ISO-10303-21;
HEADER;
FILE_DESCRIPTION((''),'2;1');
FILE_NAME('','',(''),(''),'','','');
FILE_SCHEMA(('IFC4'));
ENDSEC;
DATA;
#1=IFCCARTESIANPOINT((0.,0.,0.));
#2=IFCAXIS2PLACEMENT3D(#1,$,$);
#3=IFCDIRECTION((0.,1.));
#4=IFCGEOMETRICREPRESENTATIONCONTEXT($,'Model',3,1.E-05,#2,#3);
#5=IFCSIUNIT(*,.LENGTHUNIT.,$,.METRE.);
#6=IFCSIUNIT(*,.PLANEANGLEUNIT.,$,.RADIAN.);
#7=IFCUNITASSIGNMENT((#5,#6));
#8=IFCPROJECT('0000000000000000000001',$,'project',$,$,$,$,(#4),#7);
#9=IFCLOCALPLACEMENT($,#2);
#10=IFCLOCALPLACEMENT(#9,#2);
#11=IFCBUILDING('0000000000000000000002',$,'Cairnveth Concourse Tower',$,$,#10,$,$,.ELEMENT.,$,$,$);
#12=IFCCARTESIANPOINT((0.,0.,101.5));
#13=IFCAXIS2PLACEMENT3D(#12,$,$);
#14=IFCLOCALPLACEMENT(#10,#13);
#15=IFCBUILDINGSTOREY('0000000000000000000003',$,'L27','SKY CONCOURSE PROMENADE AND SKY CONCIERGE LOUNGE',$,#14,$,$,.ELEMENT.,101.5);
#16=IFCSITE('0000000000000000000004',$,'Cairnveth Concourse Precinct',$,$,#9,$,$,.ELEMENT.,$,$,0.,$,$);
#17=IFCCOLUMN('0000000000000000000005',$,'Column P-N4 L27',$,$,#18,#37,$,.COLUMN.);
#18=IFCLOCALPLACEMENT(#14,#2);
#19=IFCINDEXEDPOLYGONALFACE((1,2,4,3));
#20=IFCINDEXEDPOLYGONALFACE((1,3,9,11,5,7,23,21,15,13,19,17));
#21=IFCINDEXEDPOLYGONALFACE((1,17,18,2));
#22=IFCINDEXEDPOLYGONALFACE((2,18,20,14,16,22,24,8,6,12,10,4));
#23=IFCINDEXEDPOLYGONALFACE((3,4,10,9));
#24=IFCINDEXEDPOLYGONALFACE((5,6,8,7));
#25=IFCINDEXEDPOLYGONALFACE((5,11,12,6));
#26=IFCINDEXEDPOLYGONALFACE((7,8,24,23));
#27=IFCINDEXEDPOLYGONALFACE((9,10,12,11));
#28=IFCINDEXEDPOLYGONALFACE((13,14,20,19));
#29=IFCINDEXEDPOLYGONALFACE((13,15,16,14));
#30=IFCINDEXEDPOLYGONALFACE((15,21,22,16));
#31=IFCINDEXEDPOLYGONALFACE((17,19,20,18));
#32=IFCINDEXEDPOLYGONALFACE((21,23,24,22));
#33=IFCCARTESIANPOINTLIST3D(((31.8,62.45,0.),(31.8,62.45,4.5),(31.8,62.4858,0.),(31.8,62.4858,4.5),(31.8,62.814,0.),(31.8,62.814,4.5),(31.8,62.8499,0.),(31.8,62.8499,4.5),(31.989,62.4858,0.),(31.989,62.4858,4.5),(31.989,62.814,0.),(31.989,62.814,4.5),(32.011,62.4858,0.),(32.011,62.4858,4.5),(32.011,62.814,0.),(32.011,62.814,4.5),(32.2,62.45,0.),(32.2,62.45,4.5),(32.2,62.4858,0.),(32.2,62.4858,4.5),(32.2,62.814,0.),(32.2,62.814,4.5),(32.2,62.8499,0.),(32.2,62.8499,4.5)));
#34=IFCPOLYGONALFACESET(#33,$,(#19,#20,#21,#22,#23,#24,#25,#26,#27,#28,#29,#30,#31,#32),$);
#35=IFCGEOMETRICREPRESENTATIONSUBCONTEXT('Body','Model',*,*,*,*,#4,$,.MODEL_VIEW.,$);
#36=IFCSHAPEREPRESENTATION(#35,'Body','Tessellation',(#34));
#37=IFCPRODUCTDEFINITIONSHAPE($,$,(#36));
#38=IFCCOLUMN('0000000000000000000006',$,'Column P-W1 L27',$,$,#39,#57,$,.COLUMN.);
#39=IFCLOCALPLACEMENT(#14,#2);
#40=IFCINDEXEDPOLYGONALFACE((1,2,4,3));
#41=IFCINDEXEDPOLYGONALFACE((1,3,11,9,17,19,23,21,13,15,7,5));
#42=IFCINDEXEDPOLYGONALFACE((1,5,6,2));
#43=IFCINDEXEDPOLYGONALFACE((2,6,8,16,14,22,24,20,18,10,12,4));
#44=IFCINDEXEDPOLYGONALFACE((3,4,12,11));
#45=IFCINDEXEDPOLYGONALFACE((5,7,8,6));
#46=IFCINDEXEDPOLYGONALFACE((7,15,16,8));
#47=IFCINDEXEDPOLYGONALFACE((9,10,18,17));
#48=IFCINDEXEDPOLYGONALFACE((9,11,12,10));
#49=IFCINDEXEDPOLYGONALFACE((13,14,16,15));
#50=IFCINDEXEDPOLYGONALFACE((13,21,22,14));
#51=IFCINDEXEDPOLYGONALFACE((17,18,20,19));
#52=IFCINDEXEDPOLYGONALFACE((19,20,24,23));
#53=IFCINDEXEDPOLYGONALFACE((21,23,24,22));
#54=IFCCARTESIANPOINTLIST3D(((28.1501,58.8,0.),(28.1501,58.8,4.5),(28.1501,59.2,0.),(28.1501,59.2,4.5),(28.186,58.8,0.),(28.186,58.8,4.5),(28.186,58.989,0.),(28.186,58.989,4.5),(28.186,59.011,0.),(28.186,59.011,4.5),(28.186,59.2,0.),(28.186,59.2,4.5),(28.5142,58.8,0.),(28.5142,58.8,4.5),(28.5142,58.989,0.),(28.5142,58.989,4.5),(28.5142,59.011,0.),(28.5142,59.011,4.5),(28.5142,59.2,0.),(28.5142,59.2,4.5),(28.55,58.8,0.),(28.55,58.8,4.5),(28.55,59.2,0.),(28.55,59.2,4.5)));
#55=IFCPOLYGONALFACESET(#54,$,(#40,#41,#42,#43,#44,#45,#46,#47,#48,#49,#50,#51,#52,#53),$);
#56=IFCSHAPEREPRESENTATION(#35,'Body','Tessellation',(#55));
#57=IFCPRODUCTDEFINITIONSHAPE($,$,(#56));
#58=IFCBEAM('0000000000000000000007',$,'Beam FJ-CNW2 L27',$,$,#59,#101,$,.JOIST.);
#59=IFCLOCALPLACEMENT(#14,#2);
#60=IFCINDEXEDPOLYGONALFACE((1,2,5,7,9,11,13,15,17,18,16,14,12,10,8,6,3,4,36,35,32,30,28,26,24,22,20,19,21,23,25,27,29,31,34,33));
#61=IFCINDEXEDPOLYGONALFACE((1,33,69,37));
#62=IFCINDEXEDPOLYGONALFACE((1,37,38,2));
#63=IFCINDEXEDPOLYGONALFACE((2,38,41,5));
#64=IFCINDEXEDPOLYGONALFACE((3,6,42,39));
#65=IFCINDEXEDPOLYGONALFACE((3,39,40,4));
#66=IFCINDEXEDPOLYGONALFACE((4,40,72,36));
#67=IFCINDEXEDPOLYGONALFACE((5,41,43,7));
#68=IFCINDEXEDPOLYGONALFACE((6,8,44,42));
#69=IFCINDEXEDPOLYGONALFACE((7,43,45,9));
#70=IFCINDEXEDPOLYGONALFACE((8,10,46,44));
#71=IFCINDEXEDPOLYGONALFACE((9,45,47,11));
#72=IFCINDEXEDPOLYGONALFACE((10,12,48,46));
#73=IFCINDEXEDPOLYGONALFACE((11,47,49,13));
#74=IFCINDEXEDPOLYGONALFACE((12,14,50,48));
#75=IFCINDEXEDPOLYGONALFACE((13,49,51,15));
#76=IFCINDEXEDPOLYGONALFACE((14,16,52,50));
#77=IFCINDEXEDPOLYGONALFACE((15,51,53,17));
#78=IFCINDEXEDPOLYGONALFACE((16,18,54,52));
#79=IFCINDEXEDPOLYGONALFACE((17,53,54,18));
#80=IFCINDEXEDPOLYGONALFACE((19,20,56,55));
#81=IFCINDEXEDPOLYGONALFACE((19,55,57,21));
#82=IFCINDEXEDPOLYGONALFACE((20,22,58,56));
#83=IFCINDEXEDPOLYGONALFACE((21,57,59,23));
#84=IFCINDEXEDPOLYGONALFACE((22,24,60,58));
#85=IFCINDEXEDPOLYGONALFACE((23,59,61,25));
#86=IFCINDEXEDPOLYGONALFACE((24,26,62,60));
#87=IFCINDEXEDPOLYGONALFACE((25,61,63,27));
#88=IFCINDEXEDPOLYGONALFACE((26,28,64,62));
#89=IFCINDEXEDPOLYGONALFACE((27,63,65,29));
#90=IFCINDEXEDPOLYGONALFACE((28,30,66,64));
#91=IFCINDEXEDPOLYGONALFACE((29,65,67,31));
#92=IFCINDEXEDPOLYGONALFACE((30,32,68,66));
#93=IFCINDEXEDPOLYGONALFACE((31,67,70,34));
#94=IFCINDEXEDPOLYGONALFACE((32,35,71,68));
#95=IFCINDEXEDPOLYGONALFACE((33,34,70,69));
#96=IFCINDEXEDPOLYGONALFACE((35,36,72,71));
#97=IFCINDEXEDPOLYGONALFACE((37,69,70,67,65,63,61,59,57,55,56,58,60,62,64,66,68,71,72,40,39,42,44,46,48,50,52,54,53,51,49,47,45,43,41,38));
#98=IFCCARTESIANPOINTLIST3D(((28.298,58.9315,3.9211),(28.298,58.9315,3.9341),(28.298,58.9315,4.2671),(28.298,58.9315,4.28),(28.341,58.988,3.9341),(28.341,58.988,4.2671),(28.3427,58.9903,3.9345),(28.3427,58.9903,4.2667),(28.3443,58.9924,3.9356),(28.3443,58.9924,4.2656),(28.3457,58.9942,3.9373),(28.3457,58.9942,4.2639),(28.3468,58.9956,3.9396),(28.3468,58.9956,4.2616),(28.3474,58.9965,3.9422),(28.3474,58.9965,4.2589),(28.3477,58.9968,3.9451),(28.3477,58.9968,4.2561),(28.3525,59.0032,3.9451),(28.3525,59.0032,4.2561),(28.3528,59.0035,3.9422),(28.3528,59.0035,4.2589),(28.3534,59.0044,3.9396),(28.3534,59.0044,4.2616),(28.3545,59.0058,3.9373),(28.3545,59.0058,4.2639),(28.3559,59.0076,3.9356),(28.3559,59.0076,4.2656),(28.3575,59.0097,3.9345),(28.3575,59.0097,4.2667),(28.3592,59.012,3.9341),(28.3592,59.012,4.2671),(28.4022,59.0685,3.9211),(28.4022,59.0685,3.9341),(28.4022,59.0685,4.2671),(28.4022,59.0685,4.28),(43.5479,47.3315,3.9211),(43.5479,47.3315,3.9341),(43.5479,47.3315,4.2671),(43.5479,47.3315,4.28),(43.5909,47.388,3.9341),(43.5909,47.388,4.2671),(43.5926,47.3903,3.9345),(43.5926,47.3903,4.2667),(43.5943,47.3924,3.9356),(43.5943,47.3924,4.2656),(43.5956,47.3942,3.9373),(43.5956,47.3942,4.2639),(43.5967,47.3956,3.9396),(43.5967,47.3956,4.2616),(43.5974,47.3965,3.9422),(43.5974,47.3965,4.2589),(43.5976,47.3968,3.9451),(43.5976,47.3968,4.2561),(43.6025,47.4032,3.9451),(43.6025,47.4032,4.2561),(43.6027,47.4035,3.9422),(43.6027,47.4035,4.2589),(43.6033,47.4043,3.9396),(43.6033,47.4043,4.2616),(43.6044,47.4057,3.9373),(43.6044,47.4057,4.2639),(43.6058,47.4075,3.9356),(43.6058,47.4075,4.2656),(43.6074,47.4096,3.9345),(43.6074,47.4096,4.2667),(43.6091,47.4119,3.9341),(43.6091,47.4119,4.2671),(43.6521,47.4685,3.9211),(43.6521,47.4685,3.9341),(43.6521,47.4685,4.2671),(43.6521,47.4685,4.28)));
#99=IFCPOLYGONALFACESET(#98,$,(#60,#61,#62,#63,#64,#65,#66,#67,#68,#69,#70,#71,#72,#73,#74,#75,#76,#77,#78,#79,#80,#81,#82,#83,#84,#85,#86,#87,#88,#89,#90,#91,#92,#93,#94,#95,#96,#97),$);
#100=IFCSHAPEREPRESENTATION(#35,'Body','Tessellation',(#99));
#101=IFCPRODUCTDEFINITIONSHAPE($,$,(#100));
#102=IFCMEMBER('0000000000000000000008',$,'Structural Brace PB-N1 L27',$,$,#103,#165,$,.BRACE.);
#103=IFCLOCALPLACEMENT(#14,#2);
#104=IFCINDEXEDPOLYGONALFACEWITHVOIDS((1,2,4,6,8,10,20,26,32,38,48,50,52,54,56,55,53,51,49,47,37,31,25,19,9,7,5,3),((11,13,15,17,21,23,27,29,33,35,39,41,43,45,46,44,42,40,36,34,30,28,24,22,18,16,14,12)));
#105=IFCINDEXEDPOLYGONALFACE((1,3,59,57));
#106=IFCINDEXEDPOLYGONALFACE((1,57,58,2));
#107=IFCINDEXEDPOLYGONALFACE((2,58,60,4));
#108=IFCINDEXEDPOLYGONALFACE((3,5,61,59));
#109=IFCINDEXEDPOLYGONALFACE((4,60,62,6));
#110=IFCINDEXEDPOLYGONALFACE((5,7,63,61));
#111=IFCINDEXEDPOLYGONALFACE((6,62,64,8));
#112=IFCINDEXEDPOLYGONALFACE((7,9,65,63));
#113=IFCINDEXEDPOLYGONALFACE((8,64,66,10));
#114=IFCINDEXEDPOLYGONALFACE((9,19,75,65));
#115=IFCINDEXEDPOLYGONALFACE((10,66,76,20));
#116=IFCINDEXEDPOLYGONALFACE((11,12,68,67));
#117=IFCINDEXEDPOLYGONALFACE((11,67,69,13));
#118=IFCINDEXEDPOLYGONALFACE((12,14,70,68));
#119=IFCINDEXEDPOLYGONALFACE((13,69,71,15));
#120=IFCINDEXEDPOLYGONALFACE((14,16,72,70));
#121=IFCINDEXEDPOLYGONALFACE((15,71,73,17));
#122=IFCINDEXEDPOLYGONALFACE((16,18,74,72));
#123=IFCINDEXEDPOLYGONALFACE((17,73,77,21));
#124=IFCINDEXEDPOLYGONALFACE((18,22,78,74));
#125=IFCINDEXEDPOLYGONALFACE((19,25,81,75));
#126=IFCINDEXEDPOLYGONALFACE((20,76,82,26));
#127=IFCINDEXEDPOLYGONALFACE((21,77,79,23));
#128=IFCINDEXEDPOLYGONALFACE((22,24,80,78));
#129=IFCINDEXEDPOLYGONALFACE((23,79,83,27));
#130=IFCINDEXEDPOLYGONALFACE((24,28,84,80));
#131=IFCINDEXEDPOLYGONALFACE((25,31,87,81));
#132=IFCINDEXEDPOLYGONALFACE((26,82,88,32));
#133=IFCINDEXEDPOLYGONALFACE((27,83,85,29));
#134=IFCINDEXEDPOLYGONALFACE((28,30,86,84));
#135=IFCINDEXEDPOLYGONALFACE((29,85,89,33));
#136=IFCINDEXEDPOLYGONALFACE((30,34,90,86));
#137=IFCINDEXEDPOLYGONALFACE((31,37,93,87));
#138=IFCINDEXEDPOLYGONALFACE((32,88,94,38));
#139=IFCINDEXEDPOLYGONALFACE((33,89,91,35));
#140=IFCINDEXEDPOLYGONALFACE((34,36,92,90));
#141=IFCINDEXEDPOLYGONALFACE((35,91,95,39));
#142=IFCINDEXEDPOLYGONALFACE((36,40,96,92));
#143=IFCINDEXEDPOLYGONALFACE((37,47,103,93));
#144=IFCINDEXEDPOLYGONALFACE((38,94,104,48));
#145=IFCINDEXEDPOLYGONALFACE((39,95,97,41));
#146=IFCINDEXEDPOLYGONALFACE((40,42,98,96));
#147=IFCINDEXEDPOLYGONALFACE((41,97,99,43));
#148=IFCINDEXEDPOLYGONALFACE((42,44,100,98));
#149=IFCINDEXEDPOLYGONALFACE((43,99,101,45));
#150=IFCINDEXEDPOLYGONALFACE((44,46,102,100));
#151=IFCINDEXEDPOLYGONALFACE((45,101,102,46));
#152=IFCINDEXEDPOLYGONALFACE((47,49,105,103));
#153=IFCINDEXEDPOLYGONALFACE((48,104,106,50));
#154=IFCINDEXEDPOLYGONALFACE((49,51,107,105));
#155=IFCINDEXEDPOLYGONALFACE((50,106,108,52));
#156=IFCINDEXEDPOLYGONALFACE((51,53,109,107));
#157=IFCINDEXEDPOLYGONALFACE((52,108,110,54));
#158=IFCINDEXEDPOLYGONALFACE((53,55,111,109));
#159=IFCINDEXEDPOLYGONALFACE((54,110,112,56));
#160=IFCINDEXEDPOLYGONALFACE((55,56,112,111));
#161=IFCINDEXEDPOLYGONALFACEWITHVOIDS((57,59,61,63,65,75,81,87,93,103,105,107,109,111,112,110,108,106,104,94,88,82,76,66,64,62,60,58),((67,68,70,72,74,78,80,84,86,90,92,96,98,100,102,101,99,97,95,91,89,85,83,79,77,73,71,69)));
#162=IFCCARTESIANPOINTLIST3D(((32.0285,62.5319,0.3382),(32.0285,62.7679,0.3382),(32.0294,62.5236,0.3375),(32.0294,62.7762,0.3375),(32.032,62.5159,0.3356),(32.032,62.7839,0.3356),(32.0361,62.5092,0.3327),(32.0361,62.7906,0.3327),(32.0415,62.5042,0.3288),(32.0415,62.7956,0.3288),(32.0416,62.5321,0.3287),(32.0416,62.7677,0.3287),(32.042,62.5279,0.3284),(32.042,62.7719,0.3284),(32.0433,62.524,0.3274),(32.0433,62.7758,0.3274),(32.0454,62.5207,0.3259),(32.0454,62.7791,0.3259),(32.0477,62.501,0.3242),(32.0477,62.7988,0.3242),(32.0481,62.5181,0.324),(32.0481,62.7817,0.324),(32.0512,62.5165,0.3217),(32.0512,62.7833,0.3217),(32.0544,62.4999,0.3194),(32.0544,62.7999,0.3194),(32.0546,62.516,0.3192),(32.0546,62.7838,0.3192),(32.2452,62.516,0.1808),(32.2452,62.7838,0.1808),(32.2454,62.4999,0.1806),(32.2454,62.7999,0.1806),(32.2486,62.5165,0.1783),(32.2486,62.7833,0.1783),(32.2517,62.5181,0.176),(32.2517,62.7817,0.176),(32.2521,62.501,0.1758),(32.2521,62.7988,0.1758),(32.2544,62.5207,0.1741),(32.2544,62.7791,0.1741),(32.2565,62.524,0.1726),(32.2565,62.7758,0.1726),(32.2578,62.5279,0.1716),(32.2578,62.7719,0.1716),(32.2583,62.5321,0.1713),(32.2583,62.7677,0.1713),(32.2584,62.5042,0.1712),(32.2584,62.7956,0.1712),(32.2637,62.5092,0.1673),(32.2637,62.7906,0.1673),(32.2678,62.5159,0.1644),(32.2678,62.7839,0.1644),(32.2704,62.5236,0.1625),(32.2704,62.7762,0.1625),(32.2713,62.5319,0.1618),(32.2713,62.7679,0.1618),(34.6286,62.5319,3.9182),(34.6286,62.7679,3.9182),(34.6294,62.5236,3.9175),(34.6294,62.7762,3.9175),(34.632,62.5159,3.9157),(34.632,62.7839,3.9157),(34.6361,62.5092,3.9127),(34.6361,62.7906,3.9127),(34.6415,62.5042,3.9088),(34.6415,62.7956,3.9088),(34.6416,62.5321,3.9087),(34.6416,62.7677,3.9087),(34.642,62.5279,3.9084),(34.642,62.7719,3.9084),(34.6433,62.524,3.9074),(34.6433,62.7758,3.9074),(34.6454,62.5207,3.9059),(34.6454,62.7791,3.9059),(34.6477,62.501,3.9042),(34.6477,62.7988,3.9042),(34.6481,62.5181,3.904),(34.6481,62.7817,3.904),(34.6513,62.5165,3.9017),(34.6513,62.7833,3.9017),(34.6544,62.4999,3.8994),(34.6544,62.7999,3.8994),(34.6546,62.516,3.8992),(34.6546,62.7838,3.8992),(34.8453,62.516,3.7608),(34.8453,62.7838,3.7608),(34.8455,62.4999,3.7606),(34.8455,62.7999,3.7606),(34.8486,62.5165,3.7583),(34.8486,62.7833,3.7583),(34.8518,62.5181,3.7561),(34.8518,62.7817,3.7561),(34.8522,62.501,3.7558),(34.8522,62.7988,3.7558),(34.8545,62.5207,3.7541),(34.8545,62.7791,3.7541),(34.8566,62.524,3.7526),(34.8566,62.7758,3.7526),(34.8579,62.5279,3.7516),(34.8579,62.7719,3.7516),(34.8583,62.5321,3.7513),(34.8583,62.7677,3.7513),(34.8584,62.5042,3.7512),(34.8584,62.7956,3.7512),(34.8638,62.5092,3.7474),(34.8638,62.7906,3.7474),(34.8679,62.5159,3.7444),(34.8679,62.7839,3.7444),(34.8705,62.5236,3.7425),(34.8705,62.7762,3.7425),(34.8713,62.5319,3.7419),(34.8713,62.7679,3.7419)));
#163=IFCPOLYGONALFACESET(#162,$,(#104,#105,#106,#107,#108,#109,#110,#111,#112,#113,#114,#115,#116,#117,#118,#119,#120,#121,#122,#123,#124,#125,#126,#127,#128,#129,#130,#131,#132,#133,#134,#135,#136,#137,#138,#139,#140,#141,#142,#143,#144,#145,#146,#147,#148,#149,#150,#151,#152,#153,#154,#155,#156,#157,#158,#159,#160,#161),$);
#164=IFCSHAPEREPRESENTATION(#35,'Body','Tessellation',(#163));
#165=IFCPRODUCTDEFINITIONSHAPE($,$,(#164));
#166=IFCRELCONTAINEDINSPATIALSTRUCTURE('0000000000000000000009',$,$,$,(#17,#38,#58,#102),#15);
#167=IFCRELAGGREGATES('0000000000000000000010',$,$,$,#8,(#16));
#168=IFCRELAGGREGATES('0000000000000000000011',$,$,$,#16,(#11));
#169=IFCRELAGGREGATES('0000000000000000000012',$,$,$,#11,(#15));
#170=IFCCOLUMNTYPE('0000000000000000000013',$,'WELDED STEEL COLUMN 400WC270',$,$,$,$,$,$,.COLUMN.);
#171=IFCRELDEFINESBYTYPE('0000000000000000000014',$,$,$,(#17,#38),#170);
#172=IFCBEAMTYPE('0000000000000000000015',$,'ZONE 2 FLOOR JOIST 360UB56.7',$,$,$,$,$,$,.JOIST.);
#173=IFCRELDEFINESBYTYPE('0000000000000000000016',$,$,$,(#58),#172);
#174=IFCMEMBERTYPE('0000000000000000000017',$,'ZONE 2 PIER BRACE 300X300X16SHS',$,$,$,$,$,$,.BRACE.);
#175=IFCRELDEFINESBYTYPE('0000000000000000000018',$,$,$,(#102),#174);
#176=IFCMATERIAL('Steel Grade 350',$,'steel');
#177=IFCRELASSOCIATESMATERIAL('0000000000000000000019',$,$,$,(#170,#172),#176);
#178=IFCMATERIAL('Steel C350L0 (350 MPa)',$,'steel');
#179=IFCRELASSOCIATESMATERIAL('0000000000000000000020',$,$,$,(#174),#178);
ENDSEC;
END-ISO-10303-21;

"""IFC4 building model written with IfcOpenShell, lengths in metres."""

from ifc_helpers import new_model, si_unit, direction, frame, origin, origin_2d, place, context, subcontext, project, spatial, hollow_rectangle, i_section, extrude, material, material_profile, profile_set, type_object, element, save


model = new_model("IFC4")

# Units and contexts
model_context = context("Model", 3, precision=1e-05, world=origin(), true_north=direction((0.0, 1.0)))
body_context = subcontext(model_context, "Body", "Model", "MODEL_VIEW")
ifc_project = project(units=[si_unit("LENGTHUNIT", "METRE"), si_unit("PLANEANGLEUNIT", "RADIAN")], contexts=[model_context])

# Site, building, storey
site_placement = place(None, origin())
site = spatial("IfcSite", under=ifc_project, at=site_placement, Name="Cairnveth Concourse Precinct", CompositionType="ELEMENT", RefElevation=0.0)
building_placement = place(site_placement, origin())
building = spatial("IfcBuilding", under=site, at=building_placement, Name="Cairnveth Concourse Tower", CompositionType="ELEMENT")
storey_placement = place(building_placement, frame((0.0, 0.0, 101.5)))
storey = spatial("IfcBuildingStorey", under=building, at=storey_placement, Name="L27", Description="SKY CONCOURSE PROMENADE AND SKY CONCIERGE LOUNGE", CompositionType="ELEMENT", Elevation=101.5)

# Columns
ifc_material_1 = material(Name="Steel Grade 350", Category="steel")
ifc_material_profile_1 = material_profile(ifc_material_1, i_section(OverallWidth=0.3999, OverallDepth=0.3999, WebThickness=0.022, FlangeThickness=0.0359, at=origin_2d()), Name="400WC270")
ifc_profile_set_1 = profile_set([ifc_material_profile_1], Name="Steel Grade 350")
column_type = type_object("IfcColumnType", Name="WELDED STEEL COLUMN 400WC270", PredefinedType="COLUMN", material=ifc_profile_set_1)
for number, where, z_axis, x_axis, name in (
    (1, (32.0, 62.6499, 0.0), (0.0, 0.0, 1.0), (1.0, 0.0, 0.0), "Column P-N4 L27"),
    (2, (28.3501, 59.0, 0.0), (0.0, 0.0, 1.0), (0.0, 1.0, 0.0), "Column P-W1 L27"),
):
    element("IfcColumn", number, at=place(storey_placement, frame(where, z_axis=z_axis, x_axis=x_axis)), inside=storey, type_object=column_type, Name=name, PredefinedType="COLUMN", context=body_context, shape_type="SweptSolid", body=[
        extrude(i_section(OverallWidth=0.3999, OverallDepth=0.3999, WebThickness=0.022, FlangeThickness=0.0359, at=origin_2d()), origin(), (0.0, 0.0, 1.0), 4.5),
    ])

# Beam
ifc_material_profile_2 = material_profile(ifc_material_1, i_section(OverallWidth=0.1721, OverallDepth=0.3589, WebThickness=0.0081, FlangeThickness=0.0129, FilletRadius=0.011, at=origin_2d()), Name="360UB56.7")
ifc_profile_set_2 = profile_set([ifc_material_profile_2], Name="Steel Grade 350")
beam_type_1 = type_object("IfcBeamType", Name="ZONE 2 FLOOR JOIST 360UB56.7", PredefinedType="JOIST", material=ifc_profile_set_2)
beam_1_placement = place(storey_placement, frame((28.3501, 59.0, 4.1006), z_axis=(0.795908, -0.605417, 0.0), x_axis=(0.605417, 0.795908, 0.0)))
element("IfcBeam", 3, at=beam_1_placement, inside=storey, type_object=beam_type_1, Name="Beam FJ-CNW2 L27", PredefinedType="JOIST", context=body_context, shape_type="SweptSolid", body=[
    extrude(i_section(OverallWidth=0.1721, OverallDepth=0.3589, WebThickness=0.0081, FlangeThickness=0.0129, FilletRadius=0.011, at=origin_2d()), origin(), (0.0, 0.0, 1.0), 19.1604),
])

# Member
ifc_material_2 = material(Name="Steel C350L0 (350 MPa)", Category="steel")
ifc_material_profile_3 = material_profile(ifc_material_2, hollow_rectangle(XDim=0.3, YDim=0.3, WallThickness=0.0161, InnerFilletRadius=0.0161, OuterFilletRadius=0.032, at=origin_2d()), Name="300x300x16.0SHS")
ifc_profile_set_3 = profile_set([ifc_material_profile_3], Name="Steel C350L0 (350 MPa)")
member_type = type_object("IfcMemberType", Name="ZONE 2 PIER BRACE 300X300X16SHS", PredefinedType="BRACE", material=ifc_profile_set_3)
for number, where, z_axis, x_axis, name in (
    (4, (32.1499, 62.6499, 0.25), (0.58764, 0.0, 0.809122), (0.0, 1.0, 0.0), "Structural Brace PB-N1 L27"),
):
    element("IfcMember", number, at=place(storey_placement, frame(where, z_axis=z_axis, x_axis=x_axis)), inside=storey, type_object=member_type, Name=name, PredefinedType="BRACE", context=body_context, shape_type="SweptSolid", body=[
        extrude(hollow_rectangle(XDim=0.3, YDim=0.3, WallThickness=0.0161, InnerFilletRadius=0.0161, OuterFilletRadius=0.032, at=origin_2d()), origin(), (0.0, 0.0, 1.0), 4.4246),
    ])

save(model, "model.ifc")
